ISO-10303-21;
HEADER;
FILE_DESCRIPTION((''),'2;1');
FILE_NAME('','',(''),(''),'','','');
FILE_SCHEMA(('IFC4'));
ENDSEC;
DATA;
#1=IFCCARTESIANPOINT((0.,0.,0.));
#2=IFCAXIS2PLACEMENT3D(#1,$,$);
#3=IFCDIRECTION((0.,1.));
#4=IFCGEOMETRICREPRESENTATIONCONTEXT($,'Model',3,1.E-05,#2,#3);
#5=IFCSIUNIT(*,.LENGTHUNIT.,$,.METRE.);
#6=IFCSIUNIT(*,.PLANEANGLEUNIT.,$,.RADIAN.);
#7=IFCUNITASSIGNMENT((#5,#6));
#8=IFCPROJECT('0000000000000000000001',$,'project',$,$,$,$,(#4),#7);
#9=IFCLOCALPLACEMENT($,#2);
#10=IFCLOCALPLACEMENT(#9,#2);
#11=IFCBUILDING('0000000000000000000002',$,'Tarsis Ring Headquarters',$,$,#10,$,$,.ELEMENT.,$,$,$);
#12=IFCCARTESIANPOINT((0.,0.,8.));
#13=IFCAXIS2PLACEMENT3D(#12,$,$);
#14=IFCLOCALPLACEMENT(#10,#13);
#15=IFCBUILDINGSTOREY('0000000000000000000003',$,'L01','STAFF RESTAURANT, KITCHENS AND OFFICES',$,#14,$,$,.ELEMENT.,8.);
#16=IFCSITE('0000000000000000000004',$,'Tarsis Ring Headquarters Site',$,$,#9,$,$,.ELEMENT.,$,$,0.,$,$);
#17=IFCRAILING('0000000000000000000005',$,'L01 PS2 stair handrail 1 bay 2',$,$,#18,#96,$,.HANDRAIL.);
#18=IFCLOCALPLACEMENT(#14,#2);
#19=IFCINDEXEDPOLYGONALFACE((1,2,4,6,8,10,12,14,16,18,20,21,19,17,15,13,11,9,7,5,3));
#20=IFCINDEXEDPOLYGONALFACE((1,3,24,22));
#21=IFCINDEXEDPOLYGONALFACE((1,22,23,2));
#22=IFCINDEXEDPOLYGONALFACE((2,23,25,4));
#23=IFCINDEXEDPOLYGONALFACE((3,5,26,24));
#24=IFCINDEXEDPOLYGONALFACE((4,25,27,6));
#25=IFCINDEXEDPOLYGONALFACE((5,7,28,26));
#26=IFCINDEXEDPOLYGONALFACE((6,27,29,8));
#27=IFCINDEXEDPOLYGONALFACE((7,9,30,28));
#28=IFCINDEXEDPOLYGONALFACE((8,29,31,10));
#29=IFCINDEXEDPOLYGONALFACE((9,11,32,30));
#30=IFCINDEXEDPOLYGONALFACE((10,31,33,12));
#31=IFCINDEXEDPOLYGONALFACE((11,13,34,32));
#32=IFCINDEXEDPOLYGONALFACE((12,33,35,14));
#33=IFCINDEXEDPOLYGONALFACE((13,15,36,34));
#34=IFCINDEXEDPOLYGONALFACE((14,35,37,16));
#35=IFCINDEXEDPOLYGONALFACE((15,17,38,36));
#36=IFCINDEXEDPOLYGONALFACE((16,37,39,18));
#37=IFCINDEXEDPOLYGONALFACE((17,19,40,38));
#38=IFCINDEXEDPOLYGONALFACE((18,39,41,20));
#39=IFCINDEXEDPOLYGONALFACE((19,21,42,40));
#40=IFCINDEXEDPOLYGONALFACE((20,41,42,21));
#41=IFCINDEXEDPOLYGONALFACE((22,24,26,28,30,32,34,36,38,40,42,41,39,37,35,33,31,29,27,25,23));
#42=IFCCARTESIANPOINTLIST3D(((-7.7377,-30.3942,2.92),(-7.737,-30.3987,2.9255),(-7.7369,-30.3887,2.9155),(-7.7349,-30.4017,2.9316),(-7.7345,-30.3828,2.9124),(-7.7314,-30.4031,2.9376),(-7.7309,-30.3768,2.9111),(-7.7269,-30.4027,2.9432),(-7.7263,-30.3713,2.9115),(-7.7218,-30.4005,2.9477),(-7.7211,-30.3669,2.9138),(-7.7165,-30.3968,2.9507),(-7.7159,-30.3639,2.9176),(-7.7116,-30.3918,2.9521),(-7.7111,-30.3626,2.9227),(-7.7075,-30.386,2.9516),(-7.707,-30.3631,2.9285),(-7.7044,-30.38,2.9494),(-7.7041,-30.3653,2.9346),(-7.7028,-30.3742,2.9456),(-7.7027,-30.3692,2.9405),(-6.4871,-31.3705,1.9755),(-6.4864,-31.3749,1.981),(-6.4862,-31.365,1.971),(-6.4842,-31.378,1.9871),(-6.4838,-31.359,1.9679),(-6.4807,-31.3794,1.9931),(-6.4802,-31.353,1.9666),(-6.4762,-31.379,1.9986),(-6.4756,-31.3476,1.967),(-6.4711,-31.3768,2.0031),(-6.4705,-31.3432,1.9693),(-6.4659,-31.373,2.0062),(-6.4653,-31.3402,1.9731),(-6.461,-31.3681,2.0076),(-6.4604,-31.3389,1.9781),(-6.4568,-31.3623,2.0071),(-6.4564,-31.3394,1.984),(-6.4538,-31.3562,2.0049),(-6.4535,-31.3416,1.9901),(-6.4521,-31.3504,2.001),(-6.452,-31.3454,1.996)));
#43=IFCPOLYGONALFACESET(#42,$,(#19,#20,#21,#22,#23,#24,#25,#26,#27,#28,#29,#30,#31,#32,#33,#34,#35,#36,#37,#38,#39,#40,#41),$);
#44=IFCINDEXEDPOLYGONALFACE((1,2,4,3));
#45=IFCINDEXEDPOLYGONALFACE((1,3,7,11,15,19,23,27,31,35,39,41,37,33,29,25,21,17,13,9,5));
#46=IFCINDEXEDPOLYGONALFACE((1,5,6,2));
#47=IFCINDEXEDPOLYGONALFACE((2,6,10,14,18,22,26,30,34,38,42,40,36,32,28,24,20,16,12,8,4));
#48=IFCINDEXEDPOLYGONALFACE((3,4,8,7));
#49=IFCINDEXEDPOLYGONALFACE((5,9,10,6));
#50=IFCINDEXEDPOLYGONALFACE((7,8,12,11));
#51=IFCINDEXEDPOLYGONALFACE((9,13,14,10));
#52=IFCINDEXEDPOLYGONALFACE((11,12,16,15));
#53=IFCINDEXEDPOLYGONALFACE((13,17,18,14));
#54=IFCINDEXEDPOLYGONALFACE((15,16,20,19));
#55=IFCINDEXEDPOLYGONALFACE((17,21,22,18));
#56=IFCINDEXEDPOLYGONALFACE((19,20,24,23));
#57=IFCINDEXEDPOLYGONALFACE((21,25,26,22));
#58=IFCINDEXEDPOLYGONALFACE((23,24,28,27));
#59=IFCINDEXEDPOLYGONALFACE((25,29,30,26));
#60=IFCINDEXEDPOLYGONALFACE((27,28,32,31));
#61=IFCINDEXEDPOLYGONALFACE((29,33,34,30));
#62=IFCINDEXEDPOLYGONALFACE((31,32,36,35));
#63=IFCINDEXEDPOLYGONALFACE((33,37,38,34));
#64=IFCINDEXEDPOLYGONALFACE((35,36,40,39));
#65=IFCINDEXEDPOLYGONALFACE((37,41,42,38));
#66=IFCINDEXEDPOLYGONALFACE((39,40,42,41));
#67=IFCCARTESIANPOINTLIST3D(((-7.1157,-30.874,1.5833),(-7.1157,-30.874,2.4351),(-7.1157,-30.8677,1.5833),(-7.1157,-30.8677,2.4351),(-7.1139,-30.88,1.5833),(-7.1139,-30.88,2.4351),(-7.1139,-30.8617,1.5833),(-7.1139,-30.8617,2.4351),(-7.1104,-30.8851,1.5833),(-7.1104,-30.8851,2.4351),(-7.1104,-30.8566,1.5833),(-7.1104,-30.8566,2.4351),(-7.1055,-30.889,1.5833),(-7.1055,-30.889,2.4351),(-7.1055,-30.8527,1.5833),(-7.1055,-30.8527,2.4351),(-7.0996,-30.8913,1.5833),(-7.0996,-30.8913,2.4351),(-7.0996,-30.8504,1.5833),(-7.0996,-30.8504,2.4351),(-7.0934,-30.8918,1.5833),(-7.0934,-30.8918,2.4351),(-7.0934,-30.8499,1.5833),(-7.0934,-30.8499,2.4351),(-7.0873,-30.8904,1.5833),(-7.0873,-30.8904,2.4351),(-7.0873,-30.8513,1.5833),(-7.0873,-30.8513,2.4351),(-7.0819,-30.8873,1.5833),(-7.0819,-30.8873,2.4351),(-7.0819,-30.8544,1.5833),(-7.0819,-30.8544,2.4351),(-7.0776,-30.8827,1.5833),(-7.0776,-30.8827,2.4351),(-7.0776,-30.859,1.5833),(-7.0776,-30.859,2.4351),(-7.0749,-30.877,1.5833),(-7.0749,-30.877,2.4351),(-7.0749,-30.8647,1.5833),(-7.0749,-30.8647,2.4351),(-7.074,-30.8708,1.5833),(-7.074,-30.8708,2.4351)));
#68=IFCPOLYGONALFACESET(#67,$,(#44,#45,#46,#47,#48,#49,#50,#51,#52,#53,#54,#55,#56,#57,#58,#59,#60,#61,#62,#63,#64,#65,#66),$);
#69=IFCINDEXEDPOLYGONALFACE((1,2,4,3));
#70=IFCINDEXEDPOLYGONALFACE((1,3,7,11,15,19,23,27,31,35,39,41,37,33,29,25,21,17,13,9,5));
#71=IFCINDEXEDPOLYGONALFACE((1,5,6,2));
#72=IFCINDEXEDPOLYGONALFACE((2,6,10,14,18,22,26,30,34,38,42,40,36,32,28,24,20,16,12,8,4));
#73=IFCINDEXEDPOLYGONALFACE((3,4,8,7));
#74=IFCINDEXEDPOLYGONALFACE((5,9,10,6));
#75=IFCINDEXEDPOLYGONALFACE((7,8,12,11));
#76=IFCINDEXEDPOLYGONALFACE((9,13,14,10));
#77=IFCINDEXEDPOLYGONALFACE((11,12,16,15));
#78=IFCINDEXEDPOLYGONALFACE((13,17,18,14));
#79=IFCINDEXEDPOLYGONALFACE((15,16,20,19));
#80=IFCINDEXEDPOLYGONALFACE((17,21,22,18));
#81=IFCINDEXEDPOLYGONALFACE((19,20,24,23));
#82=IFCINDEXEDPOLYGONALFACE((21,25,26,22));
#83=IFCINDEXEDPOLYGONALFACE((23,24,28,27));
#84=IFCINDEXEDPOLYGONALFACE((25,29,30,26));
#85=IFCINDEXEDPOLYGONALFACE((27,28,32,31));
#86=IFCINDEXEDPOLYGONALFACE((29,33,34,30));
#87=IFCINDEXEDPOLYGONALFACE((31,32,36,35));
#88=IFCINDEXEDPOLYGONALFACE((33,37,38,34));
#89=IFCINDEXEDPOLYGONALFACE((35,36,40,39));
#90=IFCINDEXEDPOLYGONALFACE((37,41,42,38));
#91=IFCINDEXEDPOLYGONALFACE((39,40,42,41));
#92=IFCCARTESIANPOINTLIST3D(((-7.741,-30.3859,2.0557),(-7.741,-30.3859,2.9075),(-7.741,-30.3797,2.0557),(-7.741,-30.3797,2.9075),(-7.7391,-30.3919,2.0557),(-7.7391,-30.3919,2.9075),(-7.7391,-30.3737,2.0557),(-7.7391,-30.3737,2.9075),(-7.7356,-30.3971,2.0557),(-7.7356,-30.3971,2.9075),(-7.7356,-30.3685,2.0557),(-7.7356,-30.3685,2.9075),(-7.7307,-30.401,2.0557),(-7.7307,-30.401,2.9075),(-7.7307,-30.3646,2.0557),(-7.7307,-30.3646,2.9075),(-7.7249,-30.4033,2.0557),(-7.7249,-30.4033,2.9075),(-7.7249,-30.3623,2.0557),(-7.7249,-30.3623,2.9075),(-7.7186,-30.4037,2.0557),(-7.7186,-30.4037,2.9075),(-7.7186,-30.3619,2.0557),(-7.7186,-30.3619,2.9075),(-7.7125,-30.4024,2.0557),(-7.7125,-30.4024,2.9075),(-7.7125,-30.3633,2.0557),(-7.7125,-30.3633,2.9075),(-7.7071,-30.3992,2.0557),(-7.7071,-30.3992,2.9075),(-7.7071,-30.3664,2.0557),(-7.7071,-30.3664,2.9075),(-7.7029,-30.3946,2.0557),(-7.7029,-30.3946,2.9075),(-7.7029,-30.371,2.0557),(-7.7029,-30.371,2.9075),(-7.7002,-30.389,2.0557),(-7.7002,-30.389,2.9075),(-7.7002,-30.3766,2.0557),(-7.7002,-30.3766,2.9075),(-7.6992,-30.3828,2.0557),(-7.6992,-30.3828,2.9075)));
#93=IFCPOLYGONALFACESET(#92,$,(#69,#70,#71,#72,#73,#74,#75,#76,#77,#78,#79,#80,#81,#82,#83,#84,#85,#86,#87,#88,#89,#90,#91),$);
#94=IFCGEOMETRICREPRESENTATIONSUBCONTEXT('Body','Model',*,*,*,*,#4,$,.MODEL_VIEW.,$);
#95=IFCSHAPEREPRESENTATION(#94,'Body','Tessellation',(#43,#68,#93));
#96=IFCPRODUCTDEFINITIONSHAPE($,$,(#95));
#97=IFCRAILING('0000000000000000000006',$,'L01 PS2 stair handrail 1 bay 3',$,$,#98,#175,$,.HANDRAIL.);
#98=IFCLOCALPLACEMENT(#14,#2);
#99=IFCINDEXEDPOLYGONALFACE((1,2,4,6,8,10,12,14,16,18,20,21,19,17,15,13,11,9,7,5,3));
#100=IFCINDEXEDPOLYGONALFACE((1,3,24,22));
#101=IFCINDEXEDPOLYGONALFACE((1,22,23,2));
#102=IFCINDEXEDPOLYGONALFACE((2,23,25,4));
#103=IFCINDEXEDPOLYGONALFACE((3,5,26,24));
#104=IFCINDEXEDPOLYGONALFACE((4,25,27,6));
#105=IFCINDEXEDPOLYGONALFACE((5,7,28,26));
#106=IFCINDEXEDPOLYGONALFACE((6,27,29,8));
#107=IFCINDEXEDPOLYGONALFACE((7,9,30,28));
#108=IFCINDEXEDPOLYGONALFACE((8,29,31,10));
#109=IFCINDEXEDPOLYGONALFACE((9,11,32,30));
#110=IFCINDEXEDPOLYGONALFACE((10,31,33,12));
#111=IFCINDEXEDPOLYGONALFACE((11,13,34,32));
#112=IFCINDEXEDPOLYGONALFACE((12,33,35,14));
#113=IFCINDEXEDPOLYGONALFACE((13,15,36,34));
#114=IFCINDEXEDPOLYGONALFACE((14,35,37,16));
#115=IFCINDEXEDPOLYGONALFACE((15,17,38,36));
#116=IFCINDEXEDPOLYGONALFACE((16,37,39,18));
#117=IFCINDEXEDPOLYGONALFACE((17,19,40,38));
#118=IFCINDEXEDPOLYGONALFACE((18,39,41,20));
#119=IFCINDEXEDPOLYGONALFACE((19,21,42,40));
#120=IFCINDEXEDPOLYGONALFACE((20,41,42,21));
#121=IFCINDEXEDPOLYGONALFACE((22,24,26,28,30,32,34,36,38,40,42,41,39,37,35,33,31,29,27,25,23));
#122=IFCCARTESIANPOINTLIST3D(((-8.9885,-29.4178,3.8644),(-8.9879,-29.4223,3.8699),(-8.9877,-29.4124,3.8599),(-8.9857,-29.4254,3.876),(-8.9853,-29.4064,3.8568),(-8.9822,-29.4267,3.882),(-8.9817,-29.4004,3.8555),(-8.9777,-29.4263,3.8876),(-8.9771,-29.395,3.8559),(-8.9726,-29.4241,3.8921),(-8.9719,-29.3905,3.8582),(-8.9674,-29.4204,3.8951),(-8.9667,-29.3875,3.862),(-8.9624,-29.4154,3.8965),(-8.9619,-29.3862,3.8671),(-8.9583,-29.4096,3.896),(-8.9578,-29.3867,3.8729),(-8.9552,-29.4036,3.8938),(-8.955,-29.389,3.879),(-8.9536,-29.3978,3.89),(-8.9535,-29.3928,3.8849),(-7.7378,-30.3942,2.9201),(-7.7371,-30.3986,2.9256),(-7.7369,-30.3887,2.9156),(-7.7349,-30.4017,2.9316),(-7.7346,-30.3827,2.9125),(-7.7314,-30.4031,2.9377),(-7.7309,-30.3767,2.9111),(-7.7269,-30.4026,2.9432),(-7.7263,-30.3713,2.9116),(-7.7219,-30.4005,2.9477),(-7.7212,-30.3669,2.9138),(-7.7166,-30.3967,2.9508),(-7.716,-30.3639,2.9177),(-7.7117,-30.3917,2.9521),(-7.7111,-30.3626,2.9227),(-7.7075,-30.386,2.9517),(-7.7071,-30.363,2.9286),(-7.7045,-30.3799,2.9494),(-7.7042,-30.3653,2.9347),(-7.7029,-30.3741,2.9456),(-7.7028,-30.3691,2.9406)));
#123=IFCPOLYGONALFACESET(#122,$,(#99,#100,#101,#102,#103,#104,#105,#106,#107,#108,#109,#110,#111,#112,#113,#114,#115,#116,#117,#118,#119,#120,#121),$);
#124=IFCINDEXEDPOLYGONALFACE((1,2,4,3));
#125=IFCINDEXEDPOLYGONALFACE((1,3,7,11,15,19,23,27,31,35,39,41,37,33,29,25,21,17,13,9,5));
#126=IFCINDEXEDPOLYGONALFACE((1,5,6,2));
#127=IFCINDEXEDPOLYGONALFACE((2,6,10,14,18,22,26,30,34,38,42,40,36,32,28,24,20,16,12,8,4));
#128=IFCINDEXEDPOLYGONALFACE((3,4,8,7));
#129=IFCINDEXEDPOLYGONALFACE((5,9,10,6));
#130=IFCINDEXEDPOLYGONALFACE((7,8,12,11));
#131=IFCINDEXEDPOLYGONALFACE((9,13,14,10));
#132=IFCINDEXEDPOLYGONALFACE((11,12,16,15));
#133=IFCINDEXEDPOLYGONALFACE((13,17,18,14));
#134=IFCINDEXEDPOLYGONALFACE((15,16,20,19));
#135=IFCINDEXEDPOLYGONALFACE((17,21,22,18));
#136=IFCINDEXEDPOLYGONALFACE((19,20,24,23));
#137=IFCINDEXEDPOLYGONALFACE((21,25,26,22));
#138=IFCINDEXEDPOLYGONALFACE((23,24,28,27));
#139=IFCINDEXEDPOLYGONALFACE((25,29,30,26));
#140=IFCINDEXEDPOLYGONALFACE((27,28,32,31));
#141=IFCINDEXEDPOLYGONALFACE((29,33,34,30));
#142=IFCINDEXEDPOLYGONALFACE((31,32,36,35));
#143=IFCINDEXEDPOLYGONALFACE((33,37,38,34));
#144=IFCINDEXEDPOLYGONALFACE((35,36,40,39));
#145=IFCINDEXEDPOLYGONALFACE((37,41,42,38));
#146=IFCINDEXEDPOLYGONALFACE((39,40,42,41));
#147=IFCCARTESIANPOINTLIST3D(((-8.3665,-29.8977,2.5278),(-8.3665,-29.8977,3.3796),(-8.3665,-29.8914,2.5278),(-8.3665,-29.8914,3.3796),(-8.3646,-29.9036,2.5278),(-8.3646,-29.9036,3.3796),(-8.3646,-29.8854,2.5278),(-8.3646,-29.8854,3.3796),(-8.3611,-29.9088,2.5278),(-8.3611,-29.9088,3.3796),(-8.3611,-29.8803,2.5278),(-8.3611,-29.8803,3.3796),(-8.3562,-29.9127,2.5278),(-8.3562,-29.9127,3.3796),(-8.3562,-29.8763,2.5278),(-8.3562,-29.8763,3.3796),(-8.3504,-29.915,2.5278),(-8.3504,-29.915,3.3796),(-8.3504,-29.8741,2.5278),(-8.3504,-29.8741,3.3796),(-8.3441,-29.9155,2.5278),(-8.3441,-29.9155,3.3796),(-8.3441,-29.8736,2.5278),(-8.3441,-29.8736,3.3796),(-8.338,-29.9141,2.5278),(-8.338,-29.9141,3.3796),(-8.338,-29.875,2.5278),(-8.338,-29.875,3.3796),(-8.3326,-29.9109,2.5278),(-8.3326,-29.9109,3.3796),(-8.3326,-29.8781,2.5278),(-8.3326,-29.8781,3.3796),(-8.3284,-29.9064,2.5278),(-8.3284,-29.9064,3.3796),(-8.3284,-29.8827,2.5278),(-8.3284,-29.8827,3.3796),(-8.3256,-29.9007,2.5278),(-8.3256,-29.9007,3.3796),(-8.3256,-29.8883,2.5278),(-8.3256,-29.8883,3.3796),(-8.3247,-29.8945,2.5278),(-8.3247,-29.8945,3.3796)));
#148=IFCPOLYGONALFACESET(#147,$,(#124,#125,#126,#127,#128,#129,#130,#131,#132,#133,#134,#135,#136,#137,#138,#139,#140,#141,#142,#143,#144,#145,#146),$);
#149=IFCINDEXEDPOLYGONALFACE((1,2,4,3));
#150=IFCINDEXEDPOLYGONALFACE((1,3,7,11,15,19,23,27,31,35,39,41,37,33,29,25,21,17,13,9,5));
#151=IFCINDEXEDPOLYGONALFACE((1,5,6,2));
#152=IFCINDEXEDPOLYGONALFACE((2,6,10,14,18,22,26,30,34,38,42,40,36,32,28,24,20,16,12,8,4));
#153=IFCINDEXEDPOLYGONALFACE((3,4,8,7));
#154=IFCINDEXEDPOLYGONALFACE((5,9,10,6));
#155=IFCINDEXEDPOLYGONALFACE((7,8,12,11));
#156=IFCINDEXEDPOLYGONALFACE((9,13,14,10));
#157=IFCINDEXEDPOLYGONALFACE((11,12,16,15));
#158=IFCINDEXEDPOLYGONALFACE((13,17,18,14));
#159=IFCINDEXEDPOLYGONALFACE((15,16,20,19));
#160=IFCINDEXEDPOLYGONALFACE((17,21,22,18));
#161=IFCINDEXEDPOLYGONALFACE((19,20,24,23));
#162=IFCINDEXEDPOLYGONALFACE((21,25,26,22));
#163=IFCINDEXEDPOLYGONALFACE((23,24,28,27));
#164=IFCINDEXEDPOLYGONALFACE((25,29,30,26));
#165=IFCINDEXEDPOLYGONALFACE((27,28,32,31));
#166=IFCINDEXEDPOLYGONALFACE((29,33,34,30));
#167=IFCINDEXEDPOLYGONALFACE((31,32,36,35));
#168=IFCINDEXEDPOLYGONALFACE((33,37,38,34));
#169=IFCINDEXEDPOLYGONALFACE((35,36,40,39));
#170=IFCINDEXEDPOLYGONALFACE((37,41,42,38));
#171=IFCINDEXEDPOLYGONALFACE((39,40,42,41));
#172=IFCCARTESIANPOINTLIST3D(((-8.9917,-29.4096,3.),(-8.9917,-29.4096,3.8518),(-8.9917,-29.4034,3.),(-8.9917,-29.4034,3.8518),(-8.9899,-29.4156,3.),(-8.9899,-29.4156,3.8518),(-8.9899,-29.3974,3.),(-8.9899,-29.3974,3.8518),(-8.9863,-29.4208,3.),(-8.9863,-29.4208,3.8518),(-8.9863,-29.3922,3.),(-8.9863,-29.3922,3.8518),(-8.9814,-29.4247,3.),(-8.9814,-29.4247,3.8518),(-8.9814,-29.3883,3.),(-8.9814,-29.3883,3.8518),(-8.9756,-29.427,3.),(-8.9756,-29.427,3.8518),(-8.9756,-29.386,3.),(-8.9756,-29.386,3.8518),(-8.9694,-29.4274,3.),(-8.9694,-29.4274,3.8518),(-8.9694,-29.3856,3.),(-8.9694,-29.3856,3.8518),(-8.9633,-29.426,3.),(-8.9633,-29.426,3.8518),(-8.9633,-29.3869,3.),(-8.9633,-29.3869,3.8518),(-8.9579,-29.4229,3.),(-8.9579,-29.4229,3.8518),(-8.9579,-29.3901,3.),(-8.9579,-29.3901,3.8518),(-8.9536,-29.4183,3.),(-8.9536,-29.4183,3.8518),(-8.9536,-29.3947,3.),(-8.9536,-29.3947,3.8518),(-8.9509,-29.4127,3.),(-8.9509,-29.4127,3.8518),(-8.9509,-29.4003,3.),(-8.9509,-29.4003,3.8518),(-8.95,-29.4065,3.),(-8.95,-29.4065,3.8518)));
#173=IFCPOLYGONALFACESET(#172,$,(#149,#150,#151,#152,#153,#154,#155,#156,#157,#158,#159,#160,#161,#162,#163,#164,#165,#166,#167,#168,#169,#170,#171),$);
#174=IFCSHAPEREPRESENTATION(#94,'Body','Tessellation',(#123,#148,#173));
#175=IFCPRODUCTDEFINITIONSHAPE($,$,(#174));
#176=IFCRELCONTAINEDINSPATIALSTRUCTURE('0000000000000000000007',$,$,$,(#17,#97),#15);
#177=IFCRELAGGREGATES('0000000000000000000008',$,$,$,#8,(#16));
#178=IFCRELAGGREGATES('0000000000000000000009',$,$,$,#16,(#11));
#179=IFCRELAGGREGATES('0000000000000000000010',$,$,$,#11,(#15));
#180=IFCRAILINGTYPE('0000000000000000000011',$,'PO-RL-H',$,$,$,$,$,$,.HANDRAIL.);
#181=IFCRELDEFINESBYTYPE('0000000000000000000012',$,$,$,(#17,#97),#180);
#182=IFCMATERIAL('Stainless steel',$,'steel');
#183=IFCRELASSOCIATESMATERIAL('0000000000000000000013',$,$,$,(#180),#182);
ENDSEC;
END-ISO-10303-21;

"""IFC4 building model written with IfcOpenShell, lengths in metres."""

from ifc_helpers import new_model, si_unit, direction, frame, origin, origin_2d, place, context, subcontext, project, spatial, circle, extrude, material, type_object, element, save


model = new_model("IFC4")

# Units and contexts
model_context = context("Model", 3, precision=1e-05, world=origin(), true_north=direction((0.0, 1.0)))
body_context = subcontext(model_context, "Body", "Model", "MODEL_VIEW")
ifc_project = project(units=[si_unit("LENGTHUNIT", "METRE"), si_unit("PLANEANGLEUNIT", "RADIAN")], contexts=[model_context])

# Site, building, storey
site_placement = place(None, origin())
site = spatial("IfcSite", under=ifc_project, at=site_placement, Name="Tarsis Ring Headquarters Site", CompositionType="ELEMENT", RefElevation=0.0)
building_placement = place(site_placement, origin())
building = spatial("IfcBuilding", under=site, at=building_placement, Name="Tarsis Ring Headquarters", CompositionType="ELEMENT")
storey_placement = place(building_placement, frame((0.0, 0.0, 8.0)))
storey = spatial("IfcBuildingStorey", under=building, at=storey_placement, Name="L01", Description="STAFF RESTAURANT, KITCHENS AND OFFICES", CompositionType="ELEMENT", Elevation=8.0)

# Railings
ifc_material_1 = material(Name="Stainless steel", Category="steel")
railing_type_1 = type_object("IfcRailingType", Name="PO-RL-H", PredefinedType="HANDRAIL", material=ifc_material_1)
railing_1_placement = place(storey_placement, frame((-6.4695, -31.3591, 1.1111)))
element("IfcRailing", 1, at=railing_1_placement, inside=storey, type_object=railing_type_1, Name="L01 PS2 stair handrail 1 bay 2", PredefinedType="HANDRAIL", context=body_context, shape_type="SweptSolid", body=[
    extrude(circle(Radius=0.0239, at=origin_2d()), frame((0.0, 0.0, 0.876), z_axis=(-0.677333, 0.528725, 0.511537), x_axis=(-0.615324, -0.788274, 0.0)), (0.0, 0.0, 1.0), 1.8464),
    extrude(circle(Radius=0.021, at=origin_2d()), frame((-0.6255, 0.4883, 0.4722)), (0.0, 0.0, 1.0), 0.8518),
    extrude(circle(Radius=0.021, at=origin_2d()), frame((-1.2507, 0.9763, 0.9446)), (0.0, 0.0, 1.0), 0.8518),
])
railing_2_placement = place(storey_placement, frame((-7.7202, -30.3828, 2.0557)))
element("IfcRailing", 2, at=railing_2_placement, inside=storey, type_object=railing_type_1, Name="L01 PS2 stair handrail 1 bay 3", PredefinedType="HANDRAIL", context=body_context, shape_type="SweptSolid", body=[
    extrude(circle(Radius=0.0239, at=origin_2d()), frame((0.0, 0.0, 0.876), z_axis=(-0.677379, 0.52876, 0.511439), x_axis=(-0.615324, -0.788274, 0.0)), (0.0, 0.0, 1.0), 1.8464),
    extrude(circle(Radius=0.021, at=origin_2d()), frame((-0.6255, 0.4883, 0.4722)), (0.0, 0.0, 1.0), 0.8518),
    extrude(circle(Radius=0.021, at=origin_2d()), frame((-1.2507, 0.9763, 0.9443)), (0.0, 0.0, 1.0), 0.8518),
])

save(model, "model.ifc")
